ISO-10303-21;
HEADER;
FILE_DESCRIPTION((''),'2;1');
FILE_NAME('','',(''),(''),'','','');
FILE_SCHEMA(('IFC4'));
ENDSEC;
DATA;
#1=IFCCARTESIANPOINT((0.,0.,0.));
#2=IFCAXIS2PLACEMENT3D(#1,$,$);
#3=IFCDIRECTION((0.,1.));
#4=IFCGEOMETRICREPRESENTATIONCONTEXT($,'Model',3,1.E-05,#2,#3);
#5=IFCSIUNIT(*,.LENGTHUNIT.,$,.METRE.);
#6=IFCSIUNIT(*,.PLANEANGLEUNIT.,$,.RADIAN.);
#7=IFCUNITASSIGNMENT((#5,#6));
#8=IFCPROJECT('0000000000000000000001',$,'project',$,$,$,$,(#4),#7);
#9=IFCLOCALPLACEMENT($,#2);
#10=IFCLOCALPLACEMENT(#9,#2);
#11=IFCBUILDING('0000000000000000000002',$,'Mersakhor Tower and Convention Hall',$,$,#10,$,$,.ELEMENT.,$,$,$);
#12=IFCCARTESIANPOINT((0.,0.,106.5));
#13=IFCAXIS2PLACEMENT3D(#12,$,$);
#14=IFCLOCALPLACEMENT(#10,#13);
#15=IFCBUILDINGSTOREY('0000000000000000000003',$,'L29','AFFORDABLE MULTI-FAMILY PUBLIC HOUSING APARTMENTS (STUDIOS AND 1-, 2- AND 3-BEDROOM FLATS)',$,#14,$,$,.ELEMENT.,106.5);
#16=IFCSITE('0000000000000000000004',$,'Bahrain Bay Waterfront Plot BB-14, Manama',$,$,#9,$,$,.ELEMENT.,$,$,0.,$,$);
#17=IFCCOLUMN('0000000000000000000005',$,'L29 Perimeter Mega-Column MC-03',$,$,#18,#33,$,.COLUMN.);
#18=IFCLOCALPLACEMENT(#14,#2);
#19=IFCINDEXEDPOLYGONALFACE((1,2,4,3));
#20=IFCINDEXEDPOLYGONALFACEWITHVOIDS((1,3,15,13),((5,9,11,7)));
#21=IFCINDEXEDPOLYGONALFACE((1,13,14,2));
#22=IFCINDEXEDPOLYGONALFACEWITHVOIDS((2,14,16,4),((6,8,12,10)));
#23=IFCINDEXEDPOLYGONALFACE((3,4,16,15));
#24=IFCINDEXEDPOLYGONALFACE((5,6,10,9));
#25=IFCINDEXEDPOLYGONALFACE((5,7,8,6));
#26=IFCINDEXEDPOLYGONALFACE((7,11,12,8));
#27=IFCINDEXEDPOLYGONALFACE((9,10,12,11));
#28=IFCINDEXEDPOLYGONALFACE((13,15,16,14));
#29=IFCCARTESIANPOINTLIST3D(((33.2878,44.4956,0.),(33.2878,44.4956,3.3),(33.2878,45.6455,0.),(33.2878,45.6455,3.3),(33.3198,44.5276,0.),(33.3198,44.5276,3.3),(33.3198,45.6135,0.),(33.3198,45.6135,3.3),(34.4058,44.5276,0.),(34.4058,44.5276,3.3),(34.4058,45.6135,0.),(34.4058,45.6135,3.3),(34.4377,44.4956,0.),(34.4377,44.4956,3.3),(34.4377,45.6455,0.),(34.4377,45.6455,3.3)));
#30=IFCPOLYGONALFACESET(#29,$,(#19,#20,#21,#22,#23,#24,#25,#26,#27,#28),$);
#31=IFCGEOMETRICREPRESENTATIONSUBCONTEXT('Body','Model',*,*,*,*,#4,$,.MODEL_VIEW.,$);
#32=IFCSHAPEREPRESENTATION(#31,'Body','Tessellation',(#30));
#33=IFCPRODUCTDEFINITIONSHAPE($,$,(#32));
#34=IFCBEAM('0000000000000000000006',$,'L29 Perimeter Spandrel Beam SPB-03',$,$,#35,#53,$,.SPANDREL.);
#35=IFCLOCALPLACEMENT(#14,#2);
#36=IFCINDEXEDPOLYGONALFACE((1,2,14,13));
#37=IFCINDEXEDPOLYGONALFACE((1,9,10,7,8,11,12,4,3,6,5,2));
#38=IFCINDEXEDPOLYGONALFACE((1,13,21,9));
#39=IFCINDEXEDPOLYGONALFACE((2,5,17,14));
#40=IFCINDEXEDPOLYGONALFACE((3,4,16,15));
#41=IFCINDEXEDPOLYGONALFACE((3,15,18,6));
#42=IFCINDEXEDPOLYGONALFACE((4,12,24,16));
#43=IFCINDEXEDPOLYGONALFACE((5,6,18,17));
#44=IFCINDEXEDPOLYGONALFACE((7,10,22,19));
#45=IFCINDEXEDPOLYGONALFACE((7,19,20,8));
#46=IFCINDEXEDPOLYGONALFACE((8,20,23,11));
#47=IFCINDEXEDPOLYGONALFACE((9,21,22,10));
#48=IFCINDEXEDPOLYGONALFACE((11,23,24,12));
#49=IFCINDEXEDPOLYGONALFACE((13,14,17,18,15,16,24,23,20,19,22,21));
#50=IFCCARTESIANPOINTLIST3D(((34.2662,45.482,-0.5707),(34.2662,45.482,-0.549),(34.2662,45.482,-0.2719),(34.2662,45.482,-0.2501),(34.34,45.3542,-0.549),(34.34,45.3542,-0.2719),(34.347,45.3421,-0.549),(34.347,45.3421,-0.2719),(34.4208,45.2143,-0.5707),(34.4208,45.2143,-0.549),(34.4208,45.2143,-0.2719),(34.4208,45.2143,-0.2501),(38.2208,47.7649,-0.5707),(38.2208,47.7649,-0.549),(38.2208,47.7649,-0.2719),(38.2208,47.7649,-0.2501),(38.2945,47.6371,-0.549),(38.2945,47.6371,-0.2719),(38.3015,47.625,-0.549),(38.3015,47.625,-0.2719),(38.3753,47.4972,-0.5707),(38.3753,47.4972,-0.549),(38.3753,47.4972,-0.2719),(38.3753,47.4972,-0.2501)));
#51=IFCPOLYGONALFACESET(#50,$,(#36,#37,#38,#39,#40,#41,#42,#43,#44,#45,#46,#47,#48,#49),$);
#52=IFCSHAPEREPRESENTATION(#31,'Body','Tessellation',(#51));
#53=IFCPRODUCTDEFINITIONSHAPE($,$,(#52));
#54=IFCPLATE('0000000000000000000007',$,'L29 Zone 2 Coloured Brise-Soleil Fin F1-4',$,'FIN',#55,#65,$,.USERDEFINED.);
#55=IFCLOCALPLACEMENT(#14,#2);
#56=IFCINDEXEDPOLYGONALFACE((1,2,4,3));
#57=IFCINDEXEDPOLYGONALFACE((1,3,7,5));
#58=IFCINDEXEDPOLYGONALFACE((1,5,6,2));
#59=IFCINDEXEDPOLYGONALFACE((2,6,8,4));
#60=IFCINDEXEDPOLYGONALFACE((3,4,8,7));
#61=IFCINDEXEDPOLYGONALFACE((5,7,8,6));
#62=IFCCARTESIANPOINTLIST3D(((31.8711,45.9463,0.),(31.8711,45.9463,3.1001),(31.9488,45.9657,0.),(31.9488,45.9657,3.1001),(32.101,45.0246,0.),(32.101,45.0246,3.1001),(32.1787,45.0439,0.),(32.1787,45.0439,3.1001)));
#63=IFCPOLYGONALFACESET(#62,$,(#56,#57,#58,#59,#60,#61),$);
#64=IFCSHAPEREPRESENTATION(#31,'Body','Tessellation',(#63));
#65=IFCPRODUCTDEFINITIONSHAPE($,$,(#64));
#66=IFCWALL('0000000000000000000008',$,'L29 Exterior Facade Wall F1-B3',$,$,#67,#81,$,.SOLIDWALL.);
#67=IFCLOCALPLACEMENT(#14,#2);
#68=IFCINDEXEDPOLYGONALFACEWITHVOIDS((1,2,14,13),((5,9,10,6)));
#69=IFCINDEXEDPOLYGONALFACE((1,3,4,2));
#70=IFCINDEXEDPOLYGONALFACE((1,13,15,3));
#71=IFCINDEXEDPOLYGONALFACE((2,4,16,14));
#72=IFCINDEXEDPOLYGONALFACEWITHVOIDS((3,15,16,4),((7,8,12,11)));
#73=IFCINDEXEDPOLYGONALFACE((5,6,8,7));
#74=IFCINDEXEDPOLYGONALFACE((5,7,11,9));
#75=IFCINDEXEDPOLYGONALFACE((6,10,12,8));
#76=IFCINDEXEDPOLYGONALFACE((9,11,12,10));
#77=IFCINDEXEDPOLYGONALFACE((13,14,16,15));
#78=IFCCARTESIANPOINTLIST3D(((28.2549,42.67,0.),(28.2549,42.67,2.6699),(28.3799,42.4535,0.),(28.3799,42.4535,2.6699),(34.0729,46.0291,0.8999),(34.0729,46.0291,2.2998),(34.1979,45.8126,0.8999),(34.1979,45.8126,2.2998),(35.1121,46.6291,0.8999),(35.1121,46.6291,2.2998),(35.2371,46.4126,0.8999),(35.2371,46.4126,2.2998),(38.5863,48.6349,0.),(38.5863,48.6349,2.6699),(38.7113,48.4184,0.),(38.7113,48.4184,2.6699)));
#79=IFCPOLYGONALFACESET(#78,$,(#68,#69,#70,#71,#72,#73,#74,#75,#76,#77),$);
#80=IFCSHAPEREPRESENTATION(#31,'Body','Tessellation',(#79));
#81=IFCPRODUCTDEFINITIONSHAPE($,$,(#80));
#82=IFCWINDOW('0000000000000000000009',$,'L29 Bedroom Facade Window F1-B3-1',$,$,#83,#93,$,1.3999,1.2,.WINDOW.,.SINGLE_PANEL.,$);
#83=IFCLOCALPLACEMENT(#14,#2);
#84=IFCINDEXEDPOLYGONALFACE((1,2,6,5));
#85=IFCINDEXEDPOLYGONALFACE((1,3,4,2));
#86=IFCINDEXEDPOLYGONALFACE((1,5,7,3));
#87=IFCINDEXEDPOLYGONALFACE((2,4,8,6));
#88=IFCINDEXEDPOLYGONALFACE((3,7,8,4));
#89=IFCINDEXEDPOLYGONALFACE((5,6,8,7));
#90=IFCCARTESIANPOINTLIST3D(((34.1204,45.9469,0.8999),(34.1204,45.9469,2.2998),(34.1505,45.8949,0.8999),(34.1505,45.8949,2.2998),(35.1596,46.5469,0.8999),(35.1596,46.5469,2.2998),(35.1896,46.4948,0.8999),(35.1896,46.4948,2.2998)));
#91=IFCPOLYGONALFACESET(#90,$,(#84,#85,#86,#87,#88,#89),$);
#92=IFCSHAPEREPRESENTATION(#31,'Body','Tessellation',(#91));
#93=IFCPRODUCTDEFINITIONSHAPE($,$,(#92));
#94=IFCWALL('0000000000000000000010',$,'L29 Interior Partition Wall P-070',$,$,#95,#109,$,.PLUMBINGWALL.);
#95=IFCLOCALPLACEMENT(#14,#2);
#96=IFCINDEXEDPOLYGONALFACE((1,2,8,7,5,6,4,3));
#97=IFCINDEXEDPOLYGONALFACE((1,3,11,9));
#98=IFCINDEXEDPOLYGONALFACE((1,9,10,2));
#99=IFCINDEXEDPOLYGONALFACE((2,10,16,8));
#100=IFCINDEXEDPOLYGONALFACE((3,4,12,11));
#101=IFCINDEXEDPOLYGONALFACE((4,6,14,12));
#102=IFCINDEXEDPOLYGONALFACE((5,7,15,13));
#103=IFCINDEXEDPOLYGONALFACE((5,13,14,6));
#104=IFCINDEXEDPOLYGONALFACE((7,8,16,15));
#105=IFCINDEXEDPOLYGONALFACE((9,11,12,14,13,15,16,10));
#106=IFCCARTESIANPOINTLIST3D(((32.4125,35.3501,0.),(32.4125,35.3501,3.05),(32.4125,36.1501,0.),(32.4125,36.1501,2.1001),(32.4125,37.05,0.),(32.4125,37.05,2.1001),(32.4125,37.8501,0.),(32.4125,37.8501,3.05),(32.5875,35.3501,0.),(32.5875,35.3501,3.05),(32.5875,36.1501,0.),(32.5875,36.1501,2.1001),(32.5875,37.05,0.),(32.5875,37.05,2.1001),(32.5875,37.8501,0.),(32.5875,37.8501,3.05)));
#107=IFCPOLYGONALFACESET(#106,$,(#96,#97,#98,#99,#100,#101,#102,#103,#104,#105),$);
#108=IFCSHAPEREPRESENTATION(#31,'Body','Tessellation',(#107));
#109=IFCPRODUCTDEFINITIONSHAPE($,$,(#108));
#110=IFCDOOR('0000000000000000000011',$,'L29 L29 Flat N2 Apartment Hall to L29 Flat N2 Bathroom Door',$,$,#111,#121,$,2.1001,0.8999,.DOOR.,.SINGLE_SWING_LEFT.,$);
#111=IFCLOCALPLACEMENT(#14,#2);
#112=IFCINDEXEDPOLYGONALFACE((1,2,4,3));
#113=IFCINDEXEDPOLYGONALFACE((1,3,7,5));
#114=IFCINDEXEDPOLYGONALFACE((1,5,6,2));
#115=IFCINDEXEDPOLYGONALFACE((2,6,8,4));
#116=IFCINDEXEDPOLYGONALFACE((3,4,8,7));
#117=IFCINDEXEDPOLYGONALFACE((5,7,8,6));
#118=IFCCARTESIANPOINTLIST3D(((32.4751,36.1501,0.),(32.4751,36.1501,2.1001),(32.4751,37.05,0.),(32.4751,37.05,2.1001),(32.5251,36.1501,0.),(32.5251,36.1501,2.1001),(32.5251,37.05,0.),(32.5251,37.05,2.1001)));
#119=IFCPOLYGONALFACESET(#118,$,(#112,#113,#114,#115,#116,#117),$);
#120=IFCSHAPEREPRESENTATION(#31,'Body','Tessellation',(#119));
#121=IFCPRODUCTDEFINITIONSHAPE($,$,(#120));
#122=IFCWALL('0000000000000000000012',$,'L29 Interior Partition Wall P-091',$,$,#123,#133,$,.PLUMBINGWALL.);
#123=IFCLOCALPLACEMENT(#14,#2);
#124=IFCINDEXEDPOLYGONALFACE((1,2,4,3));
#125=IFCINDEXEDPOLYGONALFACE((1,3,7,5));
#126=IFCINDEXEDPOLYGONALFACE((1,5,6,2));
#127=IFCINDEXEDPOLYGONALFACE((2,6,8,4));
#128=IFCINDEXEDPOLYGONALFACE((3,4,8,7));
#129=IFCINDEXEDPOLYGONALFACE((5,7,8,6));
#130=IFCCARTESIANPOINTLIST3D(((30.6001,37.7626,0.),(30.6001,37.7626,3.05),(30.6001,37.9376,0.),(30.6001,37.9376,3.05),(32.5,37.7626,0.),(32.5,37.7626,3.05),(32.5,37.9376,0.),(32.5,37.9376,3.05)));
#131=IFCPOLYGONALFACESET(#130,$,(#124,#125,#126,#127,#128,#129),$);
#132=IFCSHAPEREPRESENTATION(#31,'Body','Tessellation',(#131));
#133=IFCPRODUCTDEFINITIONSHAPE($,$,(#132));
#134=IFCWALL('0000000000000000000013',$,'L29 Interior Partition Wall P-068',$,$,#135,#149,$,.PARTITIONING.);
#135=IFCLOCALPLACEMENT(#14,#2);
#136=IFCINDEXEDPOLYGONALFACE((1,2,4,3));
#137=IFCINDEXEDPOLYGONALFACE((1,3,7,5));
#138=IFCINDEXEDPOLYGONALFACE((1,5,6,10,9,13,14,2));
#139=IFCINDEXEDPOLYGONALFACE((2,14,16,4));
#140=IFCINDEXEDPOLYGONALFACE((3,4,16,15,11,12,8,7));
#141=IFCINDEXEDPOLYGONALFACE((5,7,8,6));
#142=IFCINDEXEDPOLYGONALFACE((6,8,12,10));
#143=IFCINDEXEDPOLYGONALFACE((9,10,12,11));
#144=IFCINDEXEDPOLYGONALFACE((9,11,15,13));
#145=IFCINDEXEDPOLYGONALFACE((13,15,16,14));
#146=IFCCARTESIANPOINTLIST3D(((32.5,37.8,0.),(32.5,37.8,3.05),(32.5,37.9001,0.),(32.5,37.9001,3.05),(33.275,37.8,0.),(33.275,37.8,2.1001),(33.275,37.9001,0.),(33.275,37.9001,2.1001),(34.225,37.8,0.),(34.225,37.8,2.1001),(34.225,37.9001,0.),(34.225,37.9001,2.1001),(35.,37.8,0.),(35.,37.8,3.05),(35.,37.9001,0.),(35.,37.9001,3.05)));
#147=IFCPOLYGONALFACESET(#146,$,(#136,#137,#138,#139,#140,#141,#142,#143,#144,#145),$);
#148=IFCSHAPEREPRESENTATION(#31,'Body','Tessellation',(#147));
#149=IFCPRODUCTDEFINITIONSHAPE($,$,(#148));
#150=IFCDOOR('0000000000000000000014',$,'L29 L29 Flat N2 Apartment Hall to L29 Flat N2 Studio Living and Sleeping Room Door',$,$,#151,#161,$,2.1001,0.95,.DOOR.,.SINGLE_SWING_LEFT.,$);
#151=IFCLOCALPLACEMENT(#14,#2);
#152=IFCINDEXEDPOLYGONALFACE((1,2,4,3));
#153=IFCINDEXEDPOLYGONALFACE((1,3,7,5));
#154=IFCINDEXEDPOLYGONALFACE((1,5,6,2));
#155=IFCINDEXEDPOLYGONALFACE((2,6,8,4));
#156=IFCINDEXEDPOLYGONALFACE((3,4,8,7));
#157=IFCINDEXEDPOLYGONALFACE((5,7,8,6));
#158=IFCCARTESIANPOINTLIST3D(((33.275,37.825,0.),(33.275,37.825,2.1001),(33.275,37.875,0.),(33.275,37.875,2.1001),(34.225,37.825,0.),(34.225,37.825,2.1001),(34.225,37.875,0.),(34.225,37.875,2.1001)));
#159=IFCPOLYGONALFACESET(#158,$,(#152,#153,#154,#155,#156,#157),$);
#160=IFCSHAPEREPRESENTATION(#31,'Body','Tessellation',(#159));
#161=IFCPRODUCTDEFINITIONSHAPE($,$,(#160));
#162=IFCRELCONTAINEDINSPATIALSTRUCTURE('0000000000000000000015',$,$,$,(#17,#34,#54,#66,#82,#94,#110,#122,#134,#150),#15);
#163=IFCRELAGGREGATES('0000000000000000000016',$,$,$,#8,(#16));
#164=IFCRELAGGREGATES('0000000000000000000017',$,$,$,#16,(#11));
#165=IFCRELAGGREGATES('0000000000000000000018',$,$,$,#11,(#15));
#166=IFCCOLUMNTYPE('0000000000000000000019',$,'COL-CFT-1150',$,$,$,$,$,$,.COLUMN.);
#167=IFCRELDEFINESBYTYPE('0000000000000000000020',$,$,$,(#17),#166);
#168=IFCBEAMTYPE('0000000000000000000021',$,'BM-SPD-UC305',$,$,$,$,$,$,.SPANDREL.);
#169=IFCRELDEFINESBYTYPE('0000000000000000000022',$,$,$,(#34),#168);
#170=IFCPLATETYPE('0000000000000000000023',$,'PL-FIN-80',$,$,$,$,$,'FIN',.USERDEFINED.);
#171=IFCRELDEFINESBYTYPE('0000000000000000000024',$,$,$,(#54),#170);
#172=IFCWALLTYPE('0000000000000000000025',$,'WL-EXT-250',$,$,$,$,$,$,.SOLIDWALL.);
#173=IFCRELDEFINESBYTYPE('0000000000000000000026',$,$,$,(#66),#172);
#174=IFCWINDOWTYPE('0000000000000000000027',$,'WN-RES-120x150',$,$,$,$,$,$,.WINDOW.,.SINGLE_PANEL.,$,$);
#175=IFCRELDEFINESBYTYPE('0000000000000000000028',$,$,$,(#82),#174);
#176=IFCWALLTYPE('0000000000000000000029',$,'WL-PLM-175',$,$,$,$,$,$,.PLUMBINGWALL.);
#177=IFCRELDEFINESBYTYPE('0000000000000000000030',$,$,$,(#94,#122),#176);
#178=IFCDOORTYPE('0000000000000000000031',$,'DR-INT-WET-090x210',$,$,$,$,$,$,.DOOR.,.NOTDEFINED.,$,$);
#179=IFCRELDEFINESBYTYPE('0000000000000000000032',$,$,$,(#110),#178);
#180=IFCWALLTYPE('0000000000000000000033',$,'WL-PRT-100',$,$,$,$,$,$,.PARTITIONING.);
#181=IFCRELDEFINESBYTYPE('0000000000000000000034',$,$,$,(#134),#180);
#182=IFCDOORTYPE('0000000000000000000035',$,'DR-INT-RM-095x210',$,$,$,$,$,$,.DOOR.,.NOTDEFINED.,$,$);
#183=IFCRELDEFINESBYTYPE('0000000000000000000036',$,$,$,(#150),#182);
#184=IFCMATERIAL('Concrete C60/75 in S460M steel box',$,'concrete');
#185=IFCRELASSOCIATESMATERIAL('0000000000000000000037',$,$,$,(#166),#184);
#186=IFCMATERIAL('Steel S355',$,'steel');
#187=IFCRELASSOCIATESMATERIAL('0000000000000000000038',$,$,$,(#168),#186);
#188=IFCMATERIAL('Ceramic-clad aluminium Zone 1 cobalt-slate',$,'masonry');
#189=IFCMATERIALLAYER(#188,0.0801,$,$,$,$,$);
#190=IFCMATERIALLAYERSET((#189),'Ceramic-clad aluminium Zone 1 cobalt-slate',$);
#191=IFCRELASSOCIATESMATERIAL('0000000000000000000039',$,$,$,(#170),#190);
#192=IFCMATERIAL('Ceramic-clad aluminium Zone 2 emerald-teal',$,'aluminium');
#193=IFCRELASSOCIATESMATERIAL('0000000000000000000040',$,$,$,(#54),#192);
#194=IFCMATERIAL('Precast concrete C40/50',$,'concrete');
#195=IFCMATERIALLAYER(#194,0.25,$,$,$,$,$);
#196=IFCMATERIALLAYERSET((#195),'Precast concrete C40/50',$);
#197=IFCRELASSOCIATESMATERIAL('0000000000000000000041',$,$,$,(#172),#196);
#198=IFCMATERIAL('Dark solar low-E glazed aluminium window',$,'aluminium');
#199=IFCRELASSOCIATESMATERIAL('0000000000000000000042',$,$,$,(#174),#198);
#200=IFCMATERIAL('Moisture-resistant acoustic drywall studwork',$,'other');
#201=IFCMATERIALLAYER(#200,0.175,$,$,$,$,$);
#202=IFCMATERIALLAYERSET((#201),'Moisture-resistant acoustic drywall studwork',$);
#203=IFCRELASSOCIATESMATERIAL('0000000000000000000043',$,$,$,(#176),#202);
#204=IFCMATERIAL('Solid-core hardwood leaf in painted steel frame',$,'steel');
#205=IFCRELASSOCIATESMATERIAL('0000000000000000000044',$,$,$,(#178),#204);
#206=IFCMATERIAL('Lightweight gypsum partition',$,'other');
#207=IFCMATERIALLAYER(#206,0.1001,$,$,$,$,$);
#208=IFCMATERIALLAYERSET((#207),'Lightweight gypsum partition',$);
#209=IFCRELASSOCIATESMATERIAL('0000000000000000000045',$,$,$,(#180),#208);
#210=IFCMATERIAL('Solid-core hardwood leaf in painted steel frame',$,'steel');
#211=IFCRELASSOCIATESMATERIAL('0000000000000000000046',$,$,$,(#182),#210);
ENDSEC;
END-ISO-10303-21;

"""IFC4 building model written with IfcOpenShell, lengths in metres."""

from ifc_helpers import new_model, si_unit, direction, frame, frame_2d, origin, origin_2d, place, context, subcontext, project, spatial, rectangle, hollow_rectangle, i_section, extrude, material, layer, layer_set, material_profile, profile_set, type_object, element, fill, save


model = new_model("IFC4")

# Units and contexts
model_context = context("Model", 3, precision=1e-05, world=origin(), true_north=direction((0.0, 1.0)))
body_context = subcontext(model_context, "Body", "Model", "MODEL_VIEW")
ifc_project = project(units=[si_unit("LENGTHUNIT", "METRE"), si_unit("PLANEANGLEUNIT", "RADIAN")], contexts=[model_context])

# Site, building, storey
site_placement = place(None, origin())
site = spatial("IfcSite", under=ifc_project, at=site_placement, Name="Bahrain Bay Waterfront Plot BB-14, Manama", CompositionType="ELEMENT", RefElevation=0.0)
building_placement = place(site_placement, origin())
building = spatial("IfcBuilding", under=site, at=building_placement, Name="Mersakhor Tower and Convention Hall", CompositionType="ELEMENT")
storey_placement = place(building_placement, frame((0.0, 0.0, 106.5)))
storey = spatial("IfcBuildingStorey", under=building, at=storey_placement, Name="L29", Description="AFFORDABLE MULTI-FAMILY PUBLIC HOUSING APARTMENTS (STUDIOS AND 1-, 2- AND 3-BEDROOM FLATS)", CompositionType="ELEMENT", Elevation=106.5)

# Column
ifc_material_1 = material(Name="Concrete C60/75 in S460M steel box", Category="concrete")
ifc_material_profile_1 = material_profile(ifc_material_1, hollow_rectangle(XDim=1.1499, YDim=1.1499, WallThickness=0.032, at=origin_2d()), Name="SHS 1150x1150x32")
ifc_profile_set_1 = profile_set([ifc_material_profile_1], Name="Concrete C60/75 in S460M steel box")
column_type = type_object("IfcColumnType", Name="COL-CFT-1150", PredefinedType="COLUMN", material=ifc_profile_set_1)
column_placement = place(storey_placement, frame((33.8628, 45.0706, 0.0), z_axis=(0.0, 0.0, 1.0), x_axis=(1.0, 0.0, 0.0)))
element("IfcColumn", 1, at=column_placement, inside=storey, type_object=column_type, Name="L29 Perimeter Mega-Column MC-03", PredefinedType="COLUMN", context=body_context, shape_type="SweptSolid", body=[
    extrude(hollow_rectangle(XDim=1.1499, YDim=1.1499, WallThickness=0.032, at=origin_2d()), origin(), (0.0, 0.0, 1.0), 3.3),
])

# Beam
ifc_material_2 = material(Name="Steel S355", Category="steel")
ifc_material_profile_2 = material_profile(ifc_material_2, i_section(OverallWidth=0.3091, OverallDepth=0.3206, WebThickness=0.0139, FlangeThickness=0.0217, at=origin_2d()), Name="UC 305x305x137")
ifc_profile_set_2 = profile_set([ifc_material_profile_2], Name="Steel S355")
beam_type = type_object("IfcBeamType", Name="BM-SPD-UC305", PredefinedType="SPANDREL", material=ifc_profile_set_2)
beam_placement = place(storey_placement, frame((34.3435, 45.3481, -0.4104), z_axis=(0.866047, 0.499963, 0.0), x_axis=(-0.499963, 0.866047, 0.0)))
element("IfcBeam", 2, at=beam_placement, inside=storey, type_object=beam_type, Name="L29 Perimeter Spandrel Beam SPB-03", PredefinedType="SPANDREL", context=body_context, shape_type="SweptSolid", body=[
    extrude(i_section(OverallWidth=0.3091, OverallDepth=0.3206, WebThickness=0.0139, FlangeThickness=0.0217, at=origin_2d()), origin(), (0.0, 0.0, 1.0), 4.5662),
])

# Plate
ifc_material_3 = material(Name="Ceramic-clad aluminium Zone 2 emerald-teal", Category="aluminium")
ifc_material_4 = material(Name="Ceramic-clad aluminium Zone 1 cobalt-slate", Category="masonry")
ifc_layer_1 = layer(ifc_material_4, 0.0801)
ifc_layer_set_1 = layer_set([ifc_layer_1], Name="Ceramic-clad aluminium Zone 1 cobalt-slate")
plate_type = type_object("IfcPlateType", Name="PL-FIN-80", ElementType="FIN", PredefinedType="USERDEFINED", material=ifc_layer_set_1)
plate_placement = place(storey_placement, frame((32.0249, 45.4951, 0.0), z_axis=(0.0, 0.0, 1.0), x_axis=(-0.241922, 0.970296, 0.0)))
element("IfcPlate", 3, at=plate_placement, inside=storey, type_object=plate_type, material=ifc_material_3, Name="L29 Zone 2 Coloured Brise-Soleil Fin F1-4", ObjectType="FIN", PredefinedType="USERDEFINED", context=body_context, shape_type="SweptSolid", body=[
    extrude(rectangle(XDim=0.95, YDim=0.0801, at=origin_2d()), origin(), (0.0, 0.0, 1.0), 3.1001),
])

# Wall, opening, window
ifc_material_5 = material(Name="Precast concrete C40/50", Category="concrete")
ifc_layer_2 = layer(ifc_material_5, 0.25)
ifc_layer_set_2 = layer_set([ifc_layer_2], Name="Precast concrete C40/50")
wall_type_1 = type_object("IfcWallType", Name="WL-EXT-250", PredefinedType="SOLIDWALL", material=ifc_layer_set_2)
wall_1_placement = place(storey_placement, frame((28.3174, 42.5618, 0.0), z_axis=(0.0, 0.0, 1.0), x_axis=(0.866023, 0.500004, 0.0)))
wall_1 = element("IfcWall", 4, at=wall_1_placement, inside=storey, type_object=wall_type_1, Name="L29 Exterior Facade Wall F1-B3", PredefinedType="SOLIDWALL", context=body_context, shape_type="SweptSolid", body=[
    extrude(rectangle(XDim=11.9297, YDim=0.25, at=frame_2d((5.9648, 0.0))), origin(), (0.0, 0.0, 1.0), 2.6699),
])
opening_1_placement = place(wall_1_placement, frame((6.718, 0.0, 0.8999)))
opening_1 = element("IfcOpeningElement", 5, at=opening_1_placement, cuts=wall_1, PredefinedType="OPENING", context=body_context, shape_type="SweptSolid", body=[
    extrude(rectangle(XDim=1.2, YDim=1.3999, at=frame_2d((0.6001, 0.7))), frame((0.0, 0.135, 0.0), z_axis=(0.0, -1.0, 0.0), x_axis=(1.0, 0.0, 0.0)), (0.0, 0.0, 1.0), 0.27),
])
ifc_material_6 = material(Name="Dark solar low-E glazed aluminium window", Category="aluminium")
window_type = type_object("IfcWindowType", Name="WN-RES-120x150", PartitioningType="SINGLE_PANEL", PredefinedType="WINDOW", material=ifc_material_6)
window_placement = place(opening_1_placement, origin())
window = element("IfcWindow", 6, at=window_placement, inside=storey, type_object=window_type, Name="L29 Bedroom Facade Window F1-B3-1", OverallHeight=1.3999, OverallWidth=1.2, PartitioningType="SINGLE_PANEL", PredefinedType="WINDOW", context=body_context, shape_type="SweptSolid", body=[
    extrude(rectangle(XDim=1.2, YDim=1.3999, at=frame_2d((0.6001, 0.7))), frame((0.0, 0.03, 0.0), z_axis=(0.0, -1.0, 0.0), x_axis=(1.0, 0.0, 0.0)), (0.0, 0.0, 1.0), 0.0601),
])
fill(opening_1, window)

# Wall, opening, door
ifc_material_7 = material(Name="Moisture-resistant acoustic drywall studwork", Category="other")
ifc_layer_3 = layer(ifc_material_7, 0.175)
ifc_layer_set_3 = layer_set([ifc_layer_3], Name="Moisture-resistant acoustic drywall studwork")
wall_type_2 = type_object("IfcWallType", Name="WL-PLM-175", PredefinedType="PLUMBINGWALL", material=ifc_layer_set_3)
wall_2_placement = place(storey_placement, frame((32.5, 35.3501, 0.0), z_axis=(0.0, 0.0, 1.0), x_axis=(0.0, 1.0, 0.0)))
wall_2 = element("IfcWall", 7, at=wall_2_placement, inside=storey, type_object=wall_type_2, Name="L29 Interior Partition Wall P-070", PredefinedType="PLUMBINGWALL", context=body_context, shape_type="SweptSolid", body=[
    extrude(rectangle(XDim=2.5, YDim=0.175, at=frame_2d((1.25, 0.0))), origin(), (0.0, 0.0, 1.0), 3.05),
])
opening_2_placement = place(wall_2_placement, frame((0.8, 0.0, 0.0)))
opening_2 = element("IfcOpeningElement", 8, at=opening_2_placement, cuts=wall_2, PredefinedType="OPENING", context=body_context, shape_type="SweptSolid", body=[
    extrude(rectangle(XDim=0.8999, YDim=2.1001, at=frame_2d((0.45, 1.05))), frame((0.0, 0.0974, 0.0), z_axis=(0.0, -1.0, 0.0), x_axis=(1.0, 0.0, 0.0)), (0.0, 0.0, 1.0), 0.1951),
])
ifc_material_8 = material(Name="Solid-core hardwood leaf in painted steel frame", Category="steel")
door_type_1 = type_object("IfcDoorType", Name="DR-INT-WET-090x210", OperationType="NOTDEFINED", PredefinedType="DOOR", material=ifc_material_8)
door_1_placement = place(opening_2_placement, origin())
door_1 = element("IfcDoor", 9, at=door_1_placement, inside=storey, type_object=door_type_1, Name="L29 L29 Flat N2 Apartment Hall to L29 Flat N2 Bathroom Door", OperationType="SINGLE_SWING_LEFT", OverallHeight=2.1001, OverallWidth=0.8999, PredefinedType="DOOR", context=body_context, shape_type="SweptSolid", body=[
    extrude(rectangle(XDim=0.8999, YDim=2.1001, at=frame_2d((0.45, 1.05))), frame((0.0, 0.0249, 0.0), z_axis=(0.0, -1.0, 0.0), x_axis=(1.0, 0.0, 0.0)), (0.0, 0.0, 1.0), 0.05),
])
fill(opening_2, door_1)

# Wall
wall_3_placement = place(storey_placement, frame((30.6001, 37.8501, 0.0), z_axis=(0.0, 0.0, 1.0), x_axis=(1.0, 0.0, 0.0)))
element("IfcWall", 10, at=wall_3_placement, inside=storey, type_object=wall_type_2, Name="L29 Interior Partition Wall P-091", PredefinedType="PLUMBINGWALL", context=body_context, shape_type="SweptSolid", body=[
    extrude(rectangle(XDim=1.8999, YDim=0.175, at=frame_2d((0.95, 0.0))), origin(), (0.0, 0.0, 1.0), 3.05),
])

# Wall, opening, door
ifc_material_9 = material(Name="Lightweight gypsum partition", Category="other")
ifc_layer_4 = layer(ifc_material_9, 0.1001)
ifc_layer_set_4 = layer_set([ifc_layer_4], Name="Lightweight gypsum partition")
wall_type_3 = type_object("IfcWallType", Name="WL-PRT-100", PredefinedType="PARTITIONING", material=ifc_layer_set_4)
wall_4_placement = place(storey_placement, frame((32.5, 37.8501, 0.0), z_axis=(0.0, 0.0, 1.0), x_axis=(1.0, 0.0, 0.0)))
wall_4 = element("IfcWall", 11, at=wall_4_placement, inside=storey, type_object=wall_type_3, Name="L29 Interior Partition Wall P-068", PredefinedType="PARTITIONING", context=body_context, shape_type="SweptSolid", body=[
    extrude(rectangle(XDim=2.5, YDim=0.1001, at=frame_2d((1.25, 0.0))), origin(), (0.0, 0.0, 1.0), 3.05),
])
opening_3_placement = place(wall_4_placement, frame((0.7749, 0.0, 0.0)))
opening_3 = element("IfcOpeningElement", 12, at=opening_3_placement, cuts=wall_4, PredefinedType="OPENING", context=body_context, shape_type="SweptSolid", body=[
    extrude(rectangle(XDim=0.95, YDim=2.1001, at=frame_2d((0.4751, 1.05))), frame((0.0, 0.0601, 0.0), z_axis=(0.0, -1.0, 0.0), x_axis=(1.0, 0.0, 0.0)), (0.0, 0.0, 1.0), 0.1201),
])
ifc_material_10 = material(Name="Solid-core hardwood leaf in painted steel frame", Category="steel")
door_type_2 = type_object("IfcDoorType", Name="DR-INT-RM-095x210", OperationType="NOTDEFINED", PredefinedType="DOOR", material=ifc_material_10)
door_2_placement = place(opening_3_placement, origin())
door_2 = element("IfcDoor", 13, at=door_2_placement, inside=storey, type_object=door_type_2, Name="L29 L29 Flat N2 Apartment Hall to L29 Flat N2 Studio Living and Sleeping Room Door", OperationType="SINGLE_SWING_LEFT", OverallHeight=2.1001, OverallWidth=0.95, PredefinedType="DOOR", context=body_context, shape_type="SweptSolid", body=[
    extrude(rectangle(XDim=0.95, YDim=2.1001, at=frame_2d((0.4751, 1.05))), frame((0.0, 0.0249, 0.0), z_axis=(0.0, -1.0, 0.0), x_axis=(1.0, 0.0, 0.0)), (0.0, 0.0, 1.0), 0.05),
])
fill(opening_3, door_2)

save(model, "model.ifc")
